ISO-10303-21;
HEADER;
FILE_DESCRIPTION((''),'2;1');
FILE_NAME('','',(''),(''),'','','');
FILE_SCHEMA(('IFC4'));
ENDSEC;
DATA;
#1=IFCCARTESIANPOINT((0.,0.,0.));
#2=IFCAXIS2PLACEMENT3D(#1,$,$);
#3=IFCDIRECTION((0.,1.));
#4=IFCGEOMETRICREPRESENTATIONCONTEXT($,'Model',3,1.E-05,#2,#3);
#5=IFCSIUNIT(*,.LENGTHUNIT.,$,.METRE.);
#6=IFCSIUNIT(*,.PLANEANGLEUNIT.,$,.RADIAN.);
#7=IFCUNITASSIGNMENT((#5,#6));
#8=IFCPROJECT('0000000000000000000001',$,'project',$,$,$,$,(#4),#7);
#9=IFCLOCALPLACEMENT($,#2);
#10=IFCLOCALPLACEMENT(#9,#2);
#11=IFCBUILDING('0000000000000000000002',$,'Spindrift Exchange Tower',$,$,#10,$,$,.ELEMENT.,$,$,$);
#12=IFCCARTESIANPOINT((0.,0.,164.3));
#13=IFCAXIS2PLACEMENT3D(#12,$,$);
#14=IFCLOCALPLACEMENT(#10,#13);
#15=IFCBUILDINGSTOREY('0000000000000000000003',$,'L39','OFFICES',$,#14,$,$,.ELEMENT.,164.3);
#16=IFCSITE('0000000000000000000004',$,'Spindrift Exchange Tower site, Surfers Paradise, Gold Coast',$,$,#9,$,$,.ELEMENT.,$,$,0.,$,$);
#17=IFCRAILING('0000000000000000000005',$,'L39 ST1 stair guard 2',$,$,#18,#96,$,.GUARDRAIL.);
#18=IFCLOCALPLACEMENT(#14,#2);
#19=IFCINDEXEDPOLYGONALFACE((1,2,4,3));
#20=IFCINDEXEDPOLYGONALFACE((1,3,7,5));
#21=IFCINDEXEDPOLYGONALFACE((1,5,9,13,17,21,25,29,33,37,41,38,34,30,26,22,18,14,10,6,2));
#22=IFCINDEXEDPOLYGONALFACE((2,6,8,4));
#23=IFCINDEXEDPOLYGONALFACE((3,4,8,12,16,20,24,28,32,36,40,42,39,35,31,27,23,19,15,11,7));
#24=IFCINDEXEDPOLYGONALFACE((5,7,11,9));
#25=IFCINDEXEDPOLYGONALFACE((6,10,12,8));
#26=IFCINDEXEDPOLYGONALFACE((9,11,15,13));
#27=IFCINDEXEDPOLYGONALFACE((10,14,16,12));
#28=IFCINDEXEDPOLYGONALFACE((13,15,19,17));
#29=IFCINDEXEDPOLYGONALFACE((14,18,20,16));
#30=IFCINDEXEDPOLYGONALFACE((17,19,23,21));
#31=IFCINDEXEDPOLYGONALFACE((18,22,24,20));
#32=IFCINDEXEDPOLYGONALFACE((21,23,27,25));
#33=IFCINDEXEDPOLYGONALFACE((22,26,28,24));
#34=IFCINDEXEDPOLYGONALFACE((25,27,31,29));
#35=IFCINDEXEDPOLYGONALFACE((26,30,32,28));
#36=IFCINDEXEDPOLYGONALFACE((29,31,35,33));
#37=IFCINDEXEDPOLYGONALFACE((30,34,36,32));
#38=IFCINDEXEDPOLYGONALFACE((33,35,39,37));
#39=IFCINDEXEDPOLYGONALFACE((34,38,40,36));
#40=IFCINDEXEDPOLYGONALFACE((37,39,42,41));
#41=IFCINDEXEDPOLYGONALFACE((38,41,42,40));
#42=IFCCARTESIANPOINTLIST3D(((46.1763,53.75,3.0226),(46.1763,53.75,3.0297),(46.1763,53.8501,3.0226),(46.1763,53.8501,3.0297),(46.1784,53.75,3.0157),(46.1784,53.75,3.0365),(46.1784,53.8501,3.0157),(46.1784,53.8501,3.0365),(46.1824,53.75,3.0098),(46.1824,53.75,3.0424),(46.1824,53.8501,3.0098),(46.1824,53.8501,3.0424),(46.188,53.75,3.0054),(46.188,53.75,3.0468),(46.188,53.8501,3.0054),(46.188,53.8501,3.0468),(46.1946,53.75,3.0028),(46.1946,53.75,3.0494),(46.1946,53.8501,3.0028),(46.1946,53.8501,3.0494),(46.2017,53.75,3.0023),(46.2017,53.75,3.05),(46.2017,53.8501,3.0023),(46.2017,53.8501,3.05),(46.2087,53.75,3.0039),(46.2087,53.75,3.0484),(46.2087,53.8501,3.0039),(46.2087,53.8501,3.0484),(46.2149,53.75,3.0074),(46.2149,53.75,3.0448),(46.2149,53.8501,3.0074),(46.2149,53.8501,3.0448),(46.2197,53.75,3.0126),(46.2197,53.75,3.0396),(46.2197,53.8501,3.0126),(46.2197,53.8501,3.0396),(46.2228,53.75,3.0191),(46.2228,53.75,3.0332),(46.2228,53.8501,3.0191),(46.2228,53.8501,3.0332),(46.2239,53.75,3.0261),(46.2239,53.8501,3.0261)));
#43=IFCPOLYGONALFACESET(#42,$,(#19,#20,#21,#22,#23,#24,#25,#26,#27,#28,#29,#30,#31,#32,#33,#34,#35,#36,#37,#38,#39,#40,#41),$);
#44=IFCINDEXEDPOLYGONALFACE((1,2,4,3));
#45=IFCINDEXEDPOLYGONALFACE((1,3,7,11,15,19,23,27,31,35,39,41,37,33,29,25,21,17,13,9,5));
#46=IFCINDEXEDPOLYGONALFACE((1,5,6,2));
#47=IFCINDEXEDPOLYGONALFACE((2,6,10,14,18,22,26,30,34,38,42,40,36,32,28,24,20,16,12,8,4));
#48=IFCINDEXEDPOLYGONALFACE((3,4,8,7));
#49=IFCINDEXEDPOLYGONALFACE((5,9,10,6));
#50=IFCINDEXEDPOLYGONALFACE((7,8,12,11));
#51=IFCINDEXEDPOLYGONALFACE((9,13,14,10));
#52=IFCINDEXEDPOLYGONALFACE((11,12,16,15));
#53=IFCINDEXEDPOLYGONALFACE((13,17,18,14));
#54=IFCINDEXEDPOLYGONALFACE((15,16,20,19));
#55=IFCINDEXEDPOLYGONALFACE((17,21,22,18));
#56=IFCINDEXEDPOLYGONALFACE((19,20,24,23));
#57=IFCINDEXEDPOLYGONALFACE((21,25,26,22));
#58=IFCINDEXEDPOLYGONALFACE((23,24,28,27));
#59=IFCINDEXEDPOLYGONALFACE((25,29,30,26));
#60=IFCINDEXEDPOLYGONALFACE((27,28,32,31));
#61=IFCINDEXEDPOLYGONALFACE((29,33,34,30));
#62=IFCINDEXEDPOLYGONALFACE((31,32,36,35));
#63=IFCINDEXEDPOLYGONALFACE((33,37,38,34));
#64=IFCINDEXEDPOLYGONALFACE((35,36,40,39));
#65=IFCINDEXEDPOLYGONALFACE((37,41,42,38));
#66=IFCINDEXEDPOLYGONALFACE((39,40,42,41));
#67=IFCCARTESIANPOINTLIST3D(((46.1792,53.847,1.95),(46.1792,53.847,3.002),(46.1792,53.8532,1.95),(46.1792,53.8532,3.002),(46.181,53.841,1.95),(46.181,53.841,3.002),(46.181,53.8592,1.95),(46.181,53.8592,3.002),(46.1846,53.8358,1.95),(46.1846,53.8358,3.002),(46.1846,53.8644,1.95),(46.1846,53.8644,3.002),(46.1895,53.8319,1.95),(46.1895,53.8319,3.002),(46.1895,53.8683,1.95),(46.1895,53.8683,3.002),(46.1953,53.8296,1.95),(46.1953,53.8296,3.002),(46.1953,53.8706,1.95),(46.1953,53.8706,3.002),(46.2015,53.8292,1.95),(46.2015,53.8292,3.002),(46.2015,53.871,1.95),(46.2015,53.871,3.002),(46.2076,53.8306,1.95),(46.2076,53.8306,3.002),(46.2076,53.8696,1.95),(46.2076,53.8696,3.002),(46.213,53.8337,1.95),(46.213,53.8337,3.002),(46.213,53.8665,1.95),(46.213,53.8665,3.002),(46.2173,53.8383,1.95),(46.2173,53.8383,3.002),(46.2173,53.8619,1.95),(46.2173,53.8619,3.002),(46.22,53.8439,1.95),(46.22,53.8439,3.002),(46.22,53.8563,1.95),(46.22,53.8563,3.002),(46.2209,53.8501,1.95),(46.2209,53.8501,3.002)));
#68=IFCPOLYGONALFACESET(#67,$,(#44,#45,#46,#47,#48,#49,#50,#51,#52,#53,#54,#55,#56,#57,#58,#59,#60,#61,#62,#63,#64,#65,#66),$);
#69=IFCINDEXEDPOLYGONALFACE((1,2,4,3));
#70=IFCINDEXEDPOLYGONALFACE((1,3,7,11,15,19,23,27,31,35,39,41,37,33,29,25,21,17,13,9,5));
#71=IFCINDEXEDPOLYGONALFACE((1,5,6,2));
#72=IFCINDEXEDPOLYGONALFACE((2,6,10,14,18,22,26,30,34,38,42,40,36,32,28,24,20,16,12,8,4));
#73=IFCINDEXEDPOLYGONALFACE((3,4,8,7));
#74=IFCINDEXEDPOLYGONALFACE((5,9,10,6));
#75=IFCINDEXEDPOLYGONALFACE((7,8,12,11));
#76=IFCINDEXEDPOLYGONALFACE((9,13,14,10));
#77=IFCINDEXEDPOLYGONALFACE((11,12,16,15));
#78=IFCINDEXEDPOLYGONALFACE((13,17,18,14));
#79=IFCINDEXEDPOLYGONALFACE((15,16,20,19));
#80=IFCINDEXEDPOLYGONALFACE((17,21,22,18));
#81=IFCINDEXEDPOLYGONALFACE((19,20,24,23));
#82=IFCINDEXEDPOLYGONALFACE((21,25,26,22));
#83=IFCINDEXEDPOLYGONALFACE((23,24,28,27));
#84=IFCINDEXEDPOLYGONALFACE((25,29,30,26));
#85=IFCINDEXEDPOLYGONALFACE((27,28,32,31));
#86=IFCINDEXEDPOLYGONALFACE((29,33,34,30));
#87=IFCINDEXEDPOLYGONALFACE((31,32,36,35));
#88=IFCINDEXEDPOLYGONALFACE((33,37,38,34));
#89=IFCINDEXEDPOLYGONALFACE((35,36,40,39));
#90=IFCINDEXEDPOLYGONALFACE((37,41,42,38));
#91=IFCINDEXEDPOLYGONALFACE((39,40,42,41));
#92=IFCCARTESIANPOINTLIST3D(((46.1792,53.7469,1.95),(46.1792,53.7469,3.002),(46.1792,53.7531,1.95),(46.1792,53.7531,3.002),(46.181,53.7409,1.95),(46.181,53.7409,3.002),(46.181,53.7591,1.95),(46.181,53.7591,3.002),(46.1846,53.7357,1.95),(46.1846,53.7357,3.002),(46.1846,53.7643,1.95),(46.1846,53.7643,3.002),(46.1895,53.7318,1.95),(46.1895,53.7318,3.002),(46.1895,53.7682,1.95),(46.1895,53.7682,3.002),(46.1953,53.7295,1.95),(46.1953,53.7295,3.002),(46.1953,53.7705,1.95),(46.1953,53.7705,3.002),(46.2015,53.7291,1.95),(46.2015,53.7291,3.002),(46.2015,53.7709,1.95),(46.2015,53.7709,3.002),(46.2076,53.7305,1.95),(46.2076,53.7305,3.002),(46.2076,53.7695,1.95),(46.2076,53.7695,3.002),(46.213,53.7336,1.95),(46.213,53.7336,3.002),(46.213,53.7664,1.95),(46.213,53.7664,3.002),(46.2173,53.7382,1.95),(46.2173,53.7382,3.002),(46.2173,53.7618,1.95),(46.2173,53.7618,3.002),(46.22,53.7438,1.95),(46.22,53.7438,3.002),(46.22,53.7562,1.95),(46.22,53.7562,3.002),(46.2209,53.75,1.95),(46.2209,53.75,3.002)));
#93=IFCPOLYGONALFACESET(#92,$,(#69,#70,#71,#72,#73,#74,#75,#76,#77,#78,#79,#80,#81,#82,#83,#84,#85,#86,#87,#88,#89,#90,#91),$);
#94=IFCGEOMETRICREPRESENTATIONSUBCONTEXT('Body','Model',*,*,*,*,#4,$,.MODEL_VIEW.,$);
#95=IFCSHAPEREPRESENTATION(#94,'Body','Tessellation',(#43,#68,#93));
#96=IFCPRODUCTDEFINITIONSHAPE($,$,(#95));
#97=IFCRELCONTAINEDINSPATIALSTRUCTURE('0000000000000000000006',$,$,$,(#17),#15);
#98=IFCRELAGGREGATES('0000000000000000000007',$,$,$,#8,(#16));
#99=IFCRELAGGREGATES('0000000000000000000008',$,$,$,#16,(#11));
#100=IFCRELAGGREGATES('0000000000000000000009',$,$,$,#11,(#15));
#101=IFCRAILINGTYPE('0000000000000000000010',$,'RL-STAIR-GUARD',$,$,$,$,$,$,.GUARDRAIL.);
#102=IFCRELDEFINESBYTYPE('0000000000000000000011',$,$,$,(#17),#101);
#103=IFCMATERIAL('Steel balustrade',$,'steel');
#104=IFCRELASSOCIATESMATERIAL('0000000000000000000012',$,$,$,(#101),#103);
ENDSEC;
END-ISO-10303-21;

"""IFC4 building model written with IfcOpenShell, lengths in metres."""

from ifc_helpers import new_model, si_unit, direction, frame, origin, origin_2d, place, context, subcontext, project, spatial, circle, extrude, material, type_object, element, save


model = new_model("IFC4")

# Units and contexts
model_context = context("Model", 3, precision=1e-05, world=origin(), true_north=direction((0.0, 1.0)))
body_context = subcontext(model_context, "Body", "Model", "MODEL_VIEW")
ifc_project = project(units=[si_unit("LENGTHUNIT", "METRE"), si_unit("PLANEANGLEUNIT", "RADIAN")], contexts=[model_context])

# Site, building, storey
site_placement = place(None, origin())
site = spatial("IfcSite", under=ifc_project, at=site_placement, Name="Spindrift Exchange Tower site, Surfers Paradise, Gold Coast", CompositionType="ELEMENT", RefElevation=0.0)
building_placement = place(site_placement, origin())
building = spatial("IfcBuilding", under=site, at=building_placement, Name="Spindrift Exchange Tower", CompositionType="ELEMENT")
storey_placement = place(building_placement, frame((0.0, 0.0, 164.3)))
storey = spatial("IfcBuildingStorey", under=building, at=storey_placement, Name="L39", Description="OFFICES", CompositionType="ELEMENT", Elevation=164.3)

# Railing
ifc_material_1 = material(Name="Steel balustrade", Category="steel")
railing_type = type_object("IfcRailingType", Name="RL-STAIR-GUARD", PredefinedType="GUARDRAIL", material=ifc_material_1)
railing_placement = place(storey_placement, frame((46.2, 53.8501, 1.95)))
element("IfcRailing", 1, at=railing_placement, inside=storey, type_object=railing_type, Name="L39 ST1 stair guard 2", PredefinedType="GUARDRAIL", context=body_context, shape_type="SweptSolid", body=[
    extrude(circle(Radius=0.0239, at=origin_2d()), frame((0.0, 0.0, 1.0762), z_axis=(0.0, -1.0, 0.0), x_axis=(1.0, 0.0, 0.0)), (0.0, 0.0, 1.0), 0.1001),
    extrude(circle(Radius=0.021, at=origin_2d()), origin(), (0.0, 0.0, 1.0), 1.052),
    extrude(circle(Radius=0.021, at=origin_2d()), frame((0.0, -0.1001, 0.0)), (0.0, 0.0, 1.0), 1.052),
])

save(model, "model.ifc")
